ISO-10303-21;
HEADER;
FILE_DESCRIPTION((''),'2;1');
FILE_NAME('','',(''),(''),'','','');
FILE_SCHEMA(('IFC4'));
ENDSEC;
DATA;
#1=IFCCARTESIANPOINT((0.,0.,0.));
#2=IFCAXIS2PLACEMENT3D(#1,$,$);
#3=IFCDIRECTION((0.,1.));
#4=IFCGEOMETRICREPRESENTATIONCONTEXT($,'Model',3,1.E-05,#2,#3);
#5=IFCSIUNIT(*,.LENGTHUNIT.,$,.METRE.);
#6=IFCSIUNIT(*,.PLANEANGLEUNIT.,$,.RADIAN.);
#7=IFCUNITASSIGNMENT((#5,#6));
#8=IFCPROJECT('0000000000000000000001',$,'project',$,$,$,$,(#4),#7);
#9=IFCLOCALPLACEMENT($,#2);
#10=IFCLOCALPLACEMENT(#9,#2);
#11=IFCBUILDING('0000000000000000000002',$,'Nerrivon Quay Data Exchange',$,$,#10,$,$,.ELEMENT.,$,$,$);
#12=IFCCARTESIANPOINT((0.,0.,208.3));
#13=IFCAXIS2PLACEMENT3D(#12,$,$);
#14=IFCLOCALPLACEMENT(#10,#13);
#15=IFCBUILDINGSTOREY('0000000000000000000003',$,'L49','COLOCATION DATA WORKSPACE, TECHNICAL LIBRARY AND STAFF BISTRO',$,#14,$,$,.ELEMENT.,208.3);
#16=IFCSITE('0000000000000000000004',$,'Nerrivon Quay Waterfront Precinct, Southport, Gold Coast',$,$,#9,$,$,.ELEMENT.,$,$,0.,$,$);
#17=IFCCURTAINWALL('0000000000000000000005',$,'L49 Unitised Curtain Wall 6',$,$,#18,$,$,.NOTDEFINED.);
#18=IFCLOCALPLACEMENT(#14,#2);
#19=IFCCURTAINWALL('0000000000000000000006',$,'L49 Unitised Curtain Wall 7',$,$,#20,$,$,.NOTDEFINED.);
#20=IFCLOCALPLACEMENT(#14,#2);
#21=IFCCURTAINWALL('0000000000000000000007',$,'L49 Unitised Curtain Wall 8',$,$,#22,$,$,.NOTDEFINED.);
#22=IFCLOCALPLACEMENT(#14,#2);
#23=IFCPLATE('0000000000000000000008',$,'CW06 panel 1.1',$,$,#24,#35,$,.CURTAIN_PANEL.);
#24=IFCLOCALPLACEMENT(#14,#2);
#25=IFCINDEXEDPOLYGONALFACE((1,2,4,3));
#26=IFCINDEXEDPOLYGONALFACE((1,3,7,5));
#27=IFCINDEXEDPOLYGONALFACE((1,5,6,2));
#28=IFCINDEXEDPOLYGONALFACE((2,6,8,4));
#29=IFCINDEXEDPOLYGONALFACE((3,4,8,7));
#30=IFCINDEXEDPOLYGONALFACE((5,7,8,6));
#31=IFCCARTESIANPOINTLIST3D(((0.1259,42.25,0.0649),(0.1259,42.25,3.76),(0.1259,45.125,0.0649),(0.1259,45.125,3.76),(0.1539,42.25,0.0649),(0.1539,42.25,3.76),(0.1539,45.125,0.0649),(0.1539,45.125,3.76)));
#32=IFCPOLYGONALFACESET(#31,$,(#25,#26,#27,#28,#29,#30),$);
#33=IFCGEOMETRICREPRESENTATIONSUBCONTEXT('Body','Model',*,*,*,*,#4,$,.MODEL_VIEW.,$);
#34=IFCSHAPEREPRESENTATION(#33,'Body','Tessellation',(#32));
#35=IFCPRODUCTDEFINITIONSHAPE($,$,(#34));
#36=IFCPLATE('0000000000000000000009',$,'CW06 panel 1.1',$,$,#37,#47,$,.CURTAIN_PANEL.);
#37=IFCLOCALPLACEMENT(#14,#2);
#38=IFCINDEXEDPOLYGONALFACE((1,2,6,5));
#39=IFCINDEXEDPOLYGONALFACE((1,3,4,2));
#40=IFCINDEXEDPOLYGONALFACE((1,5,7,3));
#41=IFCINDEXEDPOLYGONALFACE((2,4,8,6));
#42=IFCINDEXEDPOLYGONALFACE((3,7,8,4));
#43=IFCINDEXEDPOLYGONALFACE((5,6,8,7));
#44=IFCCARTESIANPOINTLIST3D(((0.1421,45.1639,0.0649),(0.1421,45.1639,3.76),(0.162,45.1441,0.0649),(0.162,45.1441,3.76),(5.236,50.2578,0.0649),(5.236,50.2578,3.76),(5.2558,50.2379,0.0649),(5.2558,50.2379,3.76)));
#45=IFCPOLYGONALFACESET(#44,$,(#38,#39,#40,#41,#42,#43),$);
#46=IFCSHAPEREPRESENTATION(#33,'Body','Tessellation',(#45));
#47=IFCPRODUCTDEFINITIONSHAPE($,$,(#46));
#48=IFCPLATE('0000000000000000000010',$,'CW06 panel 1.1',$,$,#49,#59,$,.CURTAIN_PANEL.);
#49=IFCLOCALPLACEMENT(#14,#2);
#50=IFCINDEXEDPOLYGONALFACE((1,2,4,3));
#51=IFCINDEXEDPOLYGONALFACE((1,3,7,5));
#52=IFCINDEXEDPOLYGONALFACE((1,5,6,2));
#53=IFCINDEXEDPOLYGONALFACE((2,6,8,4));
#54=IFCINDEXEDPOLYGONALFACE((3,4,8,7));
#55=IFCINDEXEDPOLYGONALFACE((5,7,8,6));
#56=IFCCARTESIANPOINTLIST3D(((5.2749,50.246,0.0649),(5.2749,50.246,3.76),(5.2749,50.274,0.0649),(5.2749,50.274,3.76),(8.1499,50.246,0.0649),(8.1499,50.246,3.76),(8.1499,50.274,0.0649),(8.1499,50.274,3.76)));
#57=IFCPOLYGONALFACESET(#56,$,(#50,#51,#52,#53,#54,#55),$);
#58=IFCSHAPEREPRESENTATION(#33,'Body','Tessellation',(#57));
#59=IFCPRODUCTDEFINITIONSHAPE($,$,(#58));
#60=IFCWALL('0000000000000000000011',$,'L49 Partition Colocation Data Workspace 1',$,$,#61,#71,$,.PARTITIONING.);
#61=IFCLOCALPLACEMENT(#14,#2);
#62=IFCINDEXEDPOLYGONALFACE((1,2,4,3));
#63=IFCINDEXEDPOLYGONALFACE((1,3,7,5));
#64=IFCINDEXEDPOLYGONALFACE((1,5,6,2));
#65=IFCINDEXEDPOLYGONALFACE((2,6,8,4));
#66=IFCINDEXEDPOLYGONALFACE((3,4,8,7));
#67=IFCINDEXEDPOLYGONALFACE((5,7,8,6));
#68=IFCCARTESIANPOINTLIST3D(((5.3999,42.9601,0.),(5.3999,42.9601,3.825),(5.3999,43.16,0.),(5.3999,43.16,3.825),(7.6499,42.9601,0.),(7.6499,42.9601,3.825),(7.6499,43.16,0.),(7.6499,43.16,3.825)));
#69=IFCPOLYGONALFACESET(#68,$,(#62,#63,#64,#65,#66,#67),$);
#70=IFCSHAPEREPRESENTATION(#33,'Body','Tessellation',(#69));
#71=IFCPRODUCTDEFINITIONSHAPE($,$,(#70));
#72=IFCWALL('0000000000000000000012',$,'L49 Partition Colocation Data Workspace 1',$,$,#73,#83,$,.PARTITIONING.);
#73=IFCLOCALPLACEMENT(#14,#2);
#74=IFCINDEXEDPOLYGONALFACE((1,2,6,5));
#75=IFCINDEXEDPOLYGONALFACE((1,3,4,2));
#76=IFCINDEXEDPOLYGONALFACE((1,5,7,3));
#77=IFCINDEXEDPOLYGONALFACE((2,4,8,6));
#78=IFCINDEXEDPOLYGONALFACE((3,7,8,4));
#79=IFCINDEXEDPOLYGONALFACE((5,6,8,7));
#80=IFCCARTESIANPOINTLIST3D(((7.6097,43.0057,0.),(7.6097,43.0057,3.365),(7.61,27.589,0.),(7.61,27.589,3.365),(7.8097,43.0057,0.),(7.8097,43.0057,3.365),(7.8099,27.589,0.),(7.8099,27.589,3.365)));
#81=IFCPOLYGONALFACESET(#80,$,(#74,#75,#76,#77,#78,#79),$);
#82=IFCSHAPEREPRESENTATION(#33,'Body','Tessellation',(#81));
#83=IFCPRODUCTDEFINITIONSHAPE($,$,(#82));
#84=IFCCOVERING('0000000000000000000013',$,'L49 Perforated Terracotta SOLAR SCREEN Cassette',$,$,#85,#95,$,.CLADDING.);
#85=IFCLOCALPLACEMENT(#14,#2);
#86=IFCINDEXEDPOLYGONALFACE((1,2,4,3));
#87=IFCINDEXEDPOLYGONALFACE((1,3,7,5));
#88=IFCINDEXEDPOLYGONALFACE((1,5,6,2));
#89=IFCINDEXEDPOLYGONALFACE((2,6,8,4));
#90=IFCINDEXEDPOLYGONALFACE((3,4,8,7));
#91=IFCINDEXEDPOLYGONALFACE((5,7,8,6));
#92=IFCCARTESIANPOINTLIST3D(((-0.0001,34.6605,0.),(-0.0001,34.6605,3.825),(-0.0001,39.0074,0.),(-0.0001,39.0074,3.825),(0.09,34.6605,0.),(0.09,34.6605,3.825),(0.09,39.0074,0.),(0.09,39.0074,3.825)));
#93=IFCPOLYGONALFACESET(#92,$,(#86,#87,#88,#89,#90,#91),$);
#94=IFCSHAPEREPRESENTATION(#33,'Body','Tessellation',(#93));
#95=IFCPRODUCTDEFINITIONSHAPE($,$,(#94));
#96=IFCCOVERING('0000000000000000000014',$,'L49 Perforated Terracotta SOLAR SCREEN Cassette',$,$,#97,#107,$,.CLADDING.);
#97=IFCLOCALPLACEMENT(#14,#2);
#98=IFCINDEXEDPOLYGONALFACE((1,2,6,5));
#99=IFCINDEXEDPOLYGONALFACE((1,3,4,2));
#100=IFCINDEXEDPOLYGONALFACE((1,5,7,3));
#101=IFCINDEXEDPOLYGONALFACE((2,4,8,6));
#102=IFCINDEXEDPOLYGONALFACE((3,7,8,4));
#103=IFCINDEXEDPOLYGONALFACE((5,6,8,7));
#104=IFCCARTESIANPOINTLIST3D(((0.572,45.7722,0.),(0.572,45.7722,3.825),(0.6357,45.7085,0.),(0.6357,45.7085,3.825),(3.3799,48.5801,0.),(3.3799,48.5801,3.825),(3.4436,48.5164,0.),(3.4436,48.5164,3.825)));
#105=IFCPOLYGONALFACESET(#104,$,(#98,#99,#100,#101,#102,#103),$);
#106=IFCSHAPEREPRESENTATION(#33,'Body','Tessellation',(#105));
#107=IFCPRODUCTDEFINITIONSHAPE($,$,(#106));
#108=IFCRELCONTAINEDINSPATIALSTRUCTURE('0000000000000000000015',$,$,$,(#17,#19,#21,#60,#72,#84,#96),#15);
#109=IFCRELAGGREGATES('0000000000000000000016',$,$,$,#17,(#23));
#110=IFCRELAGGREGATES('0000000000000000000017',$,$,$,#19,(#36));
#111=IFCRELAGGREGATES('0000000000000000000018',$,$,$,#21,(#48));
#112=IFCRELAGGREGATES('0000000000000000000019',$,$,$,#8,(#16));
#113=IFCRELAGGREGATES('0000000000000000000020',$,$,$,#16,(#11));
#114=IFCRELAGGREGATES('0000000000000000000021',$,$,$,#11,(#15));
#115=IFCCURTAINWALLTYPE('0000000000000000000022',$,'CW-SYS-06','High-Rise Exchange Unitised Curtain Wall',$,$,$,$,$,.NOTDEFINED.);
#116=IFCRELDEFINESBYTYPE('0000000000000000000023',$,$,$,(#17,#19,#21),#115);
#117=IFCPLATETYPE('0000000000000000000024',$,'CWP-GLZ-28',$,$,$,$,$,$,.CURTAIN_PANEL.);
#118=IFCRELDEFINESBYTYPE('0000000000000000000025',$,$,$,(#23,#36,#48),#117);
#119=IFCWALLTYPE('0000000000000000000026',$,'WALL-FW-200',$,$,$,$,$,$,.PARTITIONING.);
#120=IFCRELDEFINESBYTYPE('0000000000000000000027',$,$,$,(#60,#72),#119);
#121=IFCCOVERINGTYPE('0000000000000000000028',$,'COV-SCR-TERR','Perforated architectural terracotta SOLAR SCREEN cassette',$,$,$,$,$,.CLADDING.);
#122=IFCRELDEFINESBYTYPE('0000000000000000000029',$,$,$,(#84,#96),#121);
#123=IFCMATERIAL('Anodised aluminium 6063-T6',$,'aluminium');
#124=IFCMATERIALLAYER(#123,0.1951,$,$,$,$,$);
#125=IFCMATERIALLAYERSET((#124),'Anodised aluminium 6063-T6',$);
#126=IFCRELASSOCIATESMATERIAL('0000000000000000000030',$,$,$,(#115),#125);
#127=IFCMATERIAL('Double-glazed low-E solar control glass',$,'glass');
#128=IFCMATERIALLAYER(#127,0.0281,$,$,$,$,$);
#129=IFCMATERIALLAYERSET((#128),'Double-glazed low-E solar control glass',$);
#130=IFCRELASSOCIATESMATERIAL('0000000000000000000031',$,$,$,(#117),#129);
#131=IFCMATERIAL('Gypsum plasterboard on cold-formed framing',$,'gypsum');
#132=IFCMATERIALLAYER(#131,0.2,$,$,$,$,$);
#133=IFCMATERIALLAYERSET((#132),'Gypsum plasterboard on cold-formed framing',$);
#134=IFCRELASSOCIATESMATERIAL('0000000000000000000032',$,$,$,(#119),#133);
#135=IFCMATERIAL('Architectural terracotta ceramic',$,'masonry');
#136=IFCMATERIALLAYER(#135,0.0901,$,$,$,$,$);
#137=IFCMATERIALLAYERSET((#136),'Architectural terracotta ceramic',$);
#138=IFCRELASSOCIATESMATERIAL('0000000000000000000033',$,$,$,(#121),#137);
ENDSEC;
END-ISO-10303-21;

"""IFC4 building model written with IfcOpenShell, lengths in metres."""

from ifc_helpers import new_model, si_unit, direction, frame, frame_2d, origin, origin_2d, place, context, subcontext, project, spatial, rectangle, extrude, material, layer, layer_set, type_object, element, aggregate, save


model = new_model("IFC4")

# Units and contexts
model_context = context("Model", 3, precision=1e-05, world=origin(), true_north=direction((0.0, 1.0)))
body_context = subcontext(model_context, "Body", "Model", "MODEL_VIEW")
ifc_project = project(units=[si_unit("LENGTHUNIT", "METRE"), si_unit("PLANEANGLEUNIT", "RADIAN")], contexts=[model_context])

# Site, building, storey
site_placement = place(None, origin())
site = spatial("IfcSite", under=ifc_project, at=site_placement, Name="Nerrivon Quay Waterfront Precinct, Southport, Gold Coast", CompositionType="ELEMENT", RefElevation=0.0)
building_placement = place(site_placement, origin())
building = spatial("IfcBuilding", under=site, at=building_placement, Name="Nerrivon Quay Data Exchange", CompositionType="ELEMENT")
storey_placement = place(building_placement, frame((0.0, 0.0, 208.3)))
storey = spatial("IfcBuildingStorey", under=building, at=storey_placement, Name="L49", Description="COLOCATION DATA WORKSPACE, TECHNICAL LIBRARY AND STAFF BISTRO", CompositionType="ELEMENT", Elevation=208.3)

# Shared definitions
ifc_material_1 = material(Name="Anodised aluminium 6063-T6", Category="aluminium")
ifc_layer_1 = layer(ifc_material_1, 0.1951)
ifc_layer_set_1 = layer_set([ifc_layer_1], Name="Anodised aluminium 6063-T6")
curtain_wall_type = type_object("IfcCurtainWallType", Name="CW-SYS-06", Description="High-Rise Exchange Unitised Curtain Wall", PredefinedType="NOTDEFINED", material=ifc_layer_set_1)

# Curtain walls
curtain_wall_1_placement = place(storey_placement, origin())
curtain_wall_1 = element("IfcCurtainWall", 1, at=curtain_wall_1_placement, inside=storey, type_object=curtain_wall_type, Name="L49 Unitised Curtain Wall 6", PredefinedType="NOTDEFINED")
curtain_wall_2_placement = place(storey_placement, origin())
curtain_wall_2 = element("IfcCurtainWall", 2, at=curtain_wall_2_placement, inside=storey, type_object=curtain_wall_type, Name="L49 Unitised Curtain Wall 7", PredefinedType="NOTDEFINED")
curtain_wall_3_placement = place(storey_placement, origin())
curtain_wall_3 = element("IfcCurtainWall", 3, at=curtain_wall_3_placement, inside=storey, type_object=curtain_wall_type, Name="L49 Unitised Curtain Wall 8", PredefinedType="NOTDEFINED")

# Plates
ifc_material_2 = material(Name="Double-glazed low-E solar control glass", Category="glass")
ifc_layer_2 = layer(ifc_material_2, 0.0281)
ifc_layer_set_2 = layer_set([ifc_layer_2], Name="Double-glazed low-E solar control glass")
plate_type = type_object("IfcPlateType", Name="CWP-GLZ-28", PredefinedType="CURTAIN_PANEL", material=ifc_layer_set_2)
plate_1_placement = place(storey_placement, frame((0.1399, 43.6875, 0.0649), z_axis=(0.0, 0.0, 1.0), x_axis=(0.0, 1.0, 0.0)))
plate_1 = element("IfcPlate", 4, at=plate_1_placement, type_object=plate_type, Name="CW06 panel 1.1", PredefinedType="CURTAIN_PANEL", context=body_context, shape_type="SweptSolid", body=[
    extrude(rectangle(XDim=2.875, YDim=0.0281, at=origin_2d()), origin(), (0.0, 0.0, 1.0), 3.6951),
])
aggregate(curtain_wall_1, [plate_1])
plate_2_placement = place(storey_placement, frame((2.699, 47.7009, 0.0649), z_axis=(0.0, 0.0, 1.0), x_axis=(0.707107, 0.707107, 0.0)))
plate_2 = element("IfcPlate", 5, at=plate_2_placement, type_object=plate_type, Name="CW06 panel 1.1", PredefinedType="CURTAIN_PANEL", context=body_context, shape_type="SweptSolid", body=[
    extrude(rectangle(XDim=7.2039, YDim=0.0281, at=origin_2d()), origin(), (0.0, 0.0, 1.0), 3.6951),
])
aggregate(curtain_wall_2, [plate_2])
plate_3_placement = place(storey_placement, frame((6.7124, 50.26, 0.0649), z_axis=(0.0, 0.0, 1.0), x_axis=(1.0, 0.0, 0.0)))
plate_3 = element("IfcPlate", 6, at=plate_3_placement, type_object=plate_type, Name="CW06 panel 1.1", PredefinedType="CURTAIN_PANEL", context=body_context, shape_type="SweptSolid", body=[
    extrude(rectangle(XDim=2.875, YDim=0.0281, at=origin_2d()), origin(), (0.0, 0.0, 1.0), 3.6951),
])
aggregate(curtain_wall_3, [plate_3])

# Walls
ifc_material_3 = material(Name="Gypsum plasterboard on cold-formed framing", Category="gypsum")
ifc_layer_3 = layer(ifc_material_3, 0.2)
ifc_layer_set_3 = layer_set([ifc_layer_3], Name="Gypsum plasterboard on cold-formed framing")
wall_type = type_object("IfcWallType", Name="WALL-FW-200", PredefinedType="PARTITIONING", material=ifc_layer_set_3)
wall_1_placement = place(storey_placement, frame((5.3999, 43.0601, 0.0), z_axis=(0.0, 0.0, 1.0), x_axis=(1.0, 0.0, 0.0)))
element("IfcWall", 7, at=wall_1_placement, inside=storey, type_object=wall_type, Name="L49 Partition Colocation Data Workspace 1", PredefinedType="PARTITIONING", context=body_context, shape_type="SweptSolid", body=[
    extrude(rectangle(XDim=2.25, YDim=0.2, at=frame_2d((1.125, 0.0))), origin(), (0.0, 0.0, 1.0), 3.825),
])
wall_2_placement = place(storey_placement, frame((7.7097, 43.0059, 0.0), z_axis=(0.0, 0.0, 1.0), x_axis=(0.000016, -1.0, 0.0)))
element("IfcWall", 8, at=wall_2_placement, inside=storey, type_object=wall_type, Name="L49 Partition Colocation Data Workspace 1", PredefinedType="PARTITIONING", context=body_context, shape_type="SweptSolid", body=[
    extrude(rectangle(XDim=15.4167, YDim=0.2, at=frame_2d((7.7085, 0.0))), origin(), (0.0, 0.0, 1.0), 3.365),
])

# Coverings
ifc_material_4 = material(Name="Architectural terracotta ceramic", Category="masonry")
ifc_layer_4 = layer(ifc_material_4, 0.0901)
ifc_layer_set_4 = layer_set([ifc_layer_4], Name="Architectural terracotta ceramic")
covering_type = type_object("IfcCoveringType", Name="COV-SCR-TERR", Description="Perforated architectural terracotta SOLAR SCREEN cassette", PredefinedType="CLADDING", material=ifc_layer_set_4)
covering_1_placement = place(storey_placement, frame((0.0449, 36.834, 0.0), z_axis=(0.0, 0.0, 1.0), x_axis=(0.0, 1.0, 0.0)))
element("IfcCovering", 9, at=covering_1_placement, inside=storey, type_object=covering_type, Name="L49 Perforated Terracotta SOLAR SCREEN Cassette", PredefinedType="CLADDING", context=body_context, shape_type="SweptSolid", body=[
    extrude(rectangle(XDim=4.3469, YDim=0.0901, at=origin_2d()), origin(), (0.0, 0.0, 1.0), 3.825),
])
covering_2_placement = place(storey_placement, frame((2.0078, 47.1443, 0.0), z_axis=(0.0, 0.0, 1.0), x_axis=(0.707107, 0.707107, 0.0)))
element("IfcCovering", 10, at=covering_2_placement, inside=storey, type_object=covering_type, Name="L49 Perforated Terracotta SOLAR SCREEN Cassette", PredefinedType="CLADDING", context=body_context, shape_type="SweptSolid", body=[
    extrude(rectangle(XDim=3.9709, YDim=0.0901, at=origin_2d()), origin(), (0.0, 0.0, 1.0), 3.825),
])

save(model, "model.ifc")
